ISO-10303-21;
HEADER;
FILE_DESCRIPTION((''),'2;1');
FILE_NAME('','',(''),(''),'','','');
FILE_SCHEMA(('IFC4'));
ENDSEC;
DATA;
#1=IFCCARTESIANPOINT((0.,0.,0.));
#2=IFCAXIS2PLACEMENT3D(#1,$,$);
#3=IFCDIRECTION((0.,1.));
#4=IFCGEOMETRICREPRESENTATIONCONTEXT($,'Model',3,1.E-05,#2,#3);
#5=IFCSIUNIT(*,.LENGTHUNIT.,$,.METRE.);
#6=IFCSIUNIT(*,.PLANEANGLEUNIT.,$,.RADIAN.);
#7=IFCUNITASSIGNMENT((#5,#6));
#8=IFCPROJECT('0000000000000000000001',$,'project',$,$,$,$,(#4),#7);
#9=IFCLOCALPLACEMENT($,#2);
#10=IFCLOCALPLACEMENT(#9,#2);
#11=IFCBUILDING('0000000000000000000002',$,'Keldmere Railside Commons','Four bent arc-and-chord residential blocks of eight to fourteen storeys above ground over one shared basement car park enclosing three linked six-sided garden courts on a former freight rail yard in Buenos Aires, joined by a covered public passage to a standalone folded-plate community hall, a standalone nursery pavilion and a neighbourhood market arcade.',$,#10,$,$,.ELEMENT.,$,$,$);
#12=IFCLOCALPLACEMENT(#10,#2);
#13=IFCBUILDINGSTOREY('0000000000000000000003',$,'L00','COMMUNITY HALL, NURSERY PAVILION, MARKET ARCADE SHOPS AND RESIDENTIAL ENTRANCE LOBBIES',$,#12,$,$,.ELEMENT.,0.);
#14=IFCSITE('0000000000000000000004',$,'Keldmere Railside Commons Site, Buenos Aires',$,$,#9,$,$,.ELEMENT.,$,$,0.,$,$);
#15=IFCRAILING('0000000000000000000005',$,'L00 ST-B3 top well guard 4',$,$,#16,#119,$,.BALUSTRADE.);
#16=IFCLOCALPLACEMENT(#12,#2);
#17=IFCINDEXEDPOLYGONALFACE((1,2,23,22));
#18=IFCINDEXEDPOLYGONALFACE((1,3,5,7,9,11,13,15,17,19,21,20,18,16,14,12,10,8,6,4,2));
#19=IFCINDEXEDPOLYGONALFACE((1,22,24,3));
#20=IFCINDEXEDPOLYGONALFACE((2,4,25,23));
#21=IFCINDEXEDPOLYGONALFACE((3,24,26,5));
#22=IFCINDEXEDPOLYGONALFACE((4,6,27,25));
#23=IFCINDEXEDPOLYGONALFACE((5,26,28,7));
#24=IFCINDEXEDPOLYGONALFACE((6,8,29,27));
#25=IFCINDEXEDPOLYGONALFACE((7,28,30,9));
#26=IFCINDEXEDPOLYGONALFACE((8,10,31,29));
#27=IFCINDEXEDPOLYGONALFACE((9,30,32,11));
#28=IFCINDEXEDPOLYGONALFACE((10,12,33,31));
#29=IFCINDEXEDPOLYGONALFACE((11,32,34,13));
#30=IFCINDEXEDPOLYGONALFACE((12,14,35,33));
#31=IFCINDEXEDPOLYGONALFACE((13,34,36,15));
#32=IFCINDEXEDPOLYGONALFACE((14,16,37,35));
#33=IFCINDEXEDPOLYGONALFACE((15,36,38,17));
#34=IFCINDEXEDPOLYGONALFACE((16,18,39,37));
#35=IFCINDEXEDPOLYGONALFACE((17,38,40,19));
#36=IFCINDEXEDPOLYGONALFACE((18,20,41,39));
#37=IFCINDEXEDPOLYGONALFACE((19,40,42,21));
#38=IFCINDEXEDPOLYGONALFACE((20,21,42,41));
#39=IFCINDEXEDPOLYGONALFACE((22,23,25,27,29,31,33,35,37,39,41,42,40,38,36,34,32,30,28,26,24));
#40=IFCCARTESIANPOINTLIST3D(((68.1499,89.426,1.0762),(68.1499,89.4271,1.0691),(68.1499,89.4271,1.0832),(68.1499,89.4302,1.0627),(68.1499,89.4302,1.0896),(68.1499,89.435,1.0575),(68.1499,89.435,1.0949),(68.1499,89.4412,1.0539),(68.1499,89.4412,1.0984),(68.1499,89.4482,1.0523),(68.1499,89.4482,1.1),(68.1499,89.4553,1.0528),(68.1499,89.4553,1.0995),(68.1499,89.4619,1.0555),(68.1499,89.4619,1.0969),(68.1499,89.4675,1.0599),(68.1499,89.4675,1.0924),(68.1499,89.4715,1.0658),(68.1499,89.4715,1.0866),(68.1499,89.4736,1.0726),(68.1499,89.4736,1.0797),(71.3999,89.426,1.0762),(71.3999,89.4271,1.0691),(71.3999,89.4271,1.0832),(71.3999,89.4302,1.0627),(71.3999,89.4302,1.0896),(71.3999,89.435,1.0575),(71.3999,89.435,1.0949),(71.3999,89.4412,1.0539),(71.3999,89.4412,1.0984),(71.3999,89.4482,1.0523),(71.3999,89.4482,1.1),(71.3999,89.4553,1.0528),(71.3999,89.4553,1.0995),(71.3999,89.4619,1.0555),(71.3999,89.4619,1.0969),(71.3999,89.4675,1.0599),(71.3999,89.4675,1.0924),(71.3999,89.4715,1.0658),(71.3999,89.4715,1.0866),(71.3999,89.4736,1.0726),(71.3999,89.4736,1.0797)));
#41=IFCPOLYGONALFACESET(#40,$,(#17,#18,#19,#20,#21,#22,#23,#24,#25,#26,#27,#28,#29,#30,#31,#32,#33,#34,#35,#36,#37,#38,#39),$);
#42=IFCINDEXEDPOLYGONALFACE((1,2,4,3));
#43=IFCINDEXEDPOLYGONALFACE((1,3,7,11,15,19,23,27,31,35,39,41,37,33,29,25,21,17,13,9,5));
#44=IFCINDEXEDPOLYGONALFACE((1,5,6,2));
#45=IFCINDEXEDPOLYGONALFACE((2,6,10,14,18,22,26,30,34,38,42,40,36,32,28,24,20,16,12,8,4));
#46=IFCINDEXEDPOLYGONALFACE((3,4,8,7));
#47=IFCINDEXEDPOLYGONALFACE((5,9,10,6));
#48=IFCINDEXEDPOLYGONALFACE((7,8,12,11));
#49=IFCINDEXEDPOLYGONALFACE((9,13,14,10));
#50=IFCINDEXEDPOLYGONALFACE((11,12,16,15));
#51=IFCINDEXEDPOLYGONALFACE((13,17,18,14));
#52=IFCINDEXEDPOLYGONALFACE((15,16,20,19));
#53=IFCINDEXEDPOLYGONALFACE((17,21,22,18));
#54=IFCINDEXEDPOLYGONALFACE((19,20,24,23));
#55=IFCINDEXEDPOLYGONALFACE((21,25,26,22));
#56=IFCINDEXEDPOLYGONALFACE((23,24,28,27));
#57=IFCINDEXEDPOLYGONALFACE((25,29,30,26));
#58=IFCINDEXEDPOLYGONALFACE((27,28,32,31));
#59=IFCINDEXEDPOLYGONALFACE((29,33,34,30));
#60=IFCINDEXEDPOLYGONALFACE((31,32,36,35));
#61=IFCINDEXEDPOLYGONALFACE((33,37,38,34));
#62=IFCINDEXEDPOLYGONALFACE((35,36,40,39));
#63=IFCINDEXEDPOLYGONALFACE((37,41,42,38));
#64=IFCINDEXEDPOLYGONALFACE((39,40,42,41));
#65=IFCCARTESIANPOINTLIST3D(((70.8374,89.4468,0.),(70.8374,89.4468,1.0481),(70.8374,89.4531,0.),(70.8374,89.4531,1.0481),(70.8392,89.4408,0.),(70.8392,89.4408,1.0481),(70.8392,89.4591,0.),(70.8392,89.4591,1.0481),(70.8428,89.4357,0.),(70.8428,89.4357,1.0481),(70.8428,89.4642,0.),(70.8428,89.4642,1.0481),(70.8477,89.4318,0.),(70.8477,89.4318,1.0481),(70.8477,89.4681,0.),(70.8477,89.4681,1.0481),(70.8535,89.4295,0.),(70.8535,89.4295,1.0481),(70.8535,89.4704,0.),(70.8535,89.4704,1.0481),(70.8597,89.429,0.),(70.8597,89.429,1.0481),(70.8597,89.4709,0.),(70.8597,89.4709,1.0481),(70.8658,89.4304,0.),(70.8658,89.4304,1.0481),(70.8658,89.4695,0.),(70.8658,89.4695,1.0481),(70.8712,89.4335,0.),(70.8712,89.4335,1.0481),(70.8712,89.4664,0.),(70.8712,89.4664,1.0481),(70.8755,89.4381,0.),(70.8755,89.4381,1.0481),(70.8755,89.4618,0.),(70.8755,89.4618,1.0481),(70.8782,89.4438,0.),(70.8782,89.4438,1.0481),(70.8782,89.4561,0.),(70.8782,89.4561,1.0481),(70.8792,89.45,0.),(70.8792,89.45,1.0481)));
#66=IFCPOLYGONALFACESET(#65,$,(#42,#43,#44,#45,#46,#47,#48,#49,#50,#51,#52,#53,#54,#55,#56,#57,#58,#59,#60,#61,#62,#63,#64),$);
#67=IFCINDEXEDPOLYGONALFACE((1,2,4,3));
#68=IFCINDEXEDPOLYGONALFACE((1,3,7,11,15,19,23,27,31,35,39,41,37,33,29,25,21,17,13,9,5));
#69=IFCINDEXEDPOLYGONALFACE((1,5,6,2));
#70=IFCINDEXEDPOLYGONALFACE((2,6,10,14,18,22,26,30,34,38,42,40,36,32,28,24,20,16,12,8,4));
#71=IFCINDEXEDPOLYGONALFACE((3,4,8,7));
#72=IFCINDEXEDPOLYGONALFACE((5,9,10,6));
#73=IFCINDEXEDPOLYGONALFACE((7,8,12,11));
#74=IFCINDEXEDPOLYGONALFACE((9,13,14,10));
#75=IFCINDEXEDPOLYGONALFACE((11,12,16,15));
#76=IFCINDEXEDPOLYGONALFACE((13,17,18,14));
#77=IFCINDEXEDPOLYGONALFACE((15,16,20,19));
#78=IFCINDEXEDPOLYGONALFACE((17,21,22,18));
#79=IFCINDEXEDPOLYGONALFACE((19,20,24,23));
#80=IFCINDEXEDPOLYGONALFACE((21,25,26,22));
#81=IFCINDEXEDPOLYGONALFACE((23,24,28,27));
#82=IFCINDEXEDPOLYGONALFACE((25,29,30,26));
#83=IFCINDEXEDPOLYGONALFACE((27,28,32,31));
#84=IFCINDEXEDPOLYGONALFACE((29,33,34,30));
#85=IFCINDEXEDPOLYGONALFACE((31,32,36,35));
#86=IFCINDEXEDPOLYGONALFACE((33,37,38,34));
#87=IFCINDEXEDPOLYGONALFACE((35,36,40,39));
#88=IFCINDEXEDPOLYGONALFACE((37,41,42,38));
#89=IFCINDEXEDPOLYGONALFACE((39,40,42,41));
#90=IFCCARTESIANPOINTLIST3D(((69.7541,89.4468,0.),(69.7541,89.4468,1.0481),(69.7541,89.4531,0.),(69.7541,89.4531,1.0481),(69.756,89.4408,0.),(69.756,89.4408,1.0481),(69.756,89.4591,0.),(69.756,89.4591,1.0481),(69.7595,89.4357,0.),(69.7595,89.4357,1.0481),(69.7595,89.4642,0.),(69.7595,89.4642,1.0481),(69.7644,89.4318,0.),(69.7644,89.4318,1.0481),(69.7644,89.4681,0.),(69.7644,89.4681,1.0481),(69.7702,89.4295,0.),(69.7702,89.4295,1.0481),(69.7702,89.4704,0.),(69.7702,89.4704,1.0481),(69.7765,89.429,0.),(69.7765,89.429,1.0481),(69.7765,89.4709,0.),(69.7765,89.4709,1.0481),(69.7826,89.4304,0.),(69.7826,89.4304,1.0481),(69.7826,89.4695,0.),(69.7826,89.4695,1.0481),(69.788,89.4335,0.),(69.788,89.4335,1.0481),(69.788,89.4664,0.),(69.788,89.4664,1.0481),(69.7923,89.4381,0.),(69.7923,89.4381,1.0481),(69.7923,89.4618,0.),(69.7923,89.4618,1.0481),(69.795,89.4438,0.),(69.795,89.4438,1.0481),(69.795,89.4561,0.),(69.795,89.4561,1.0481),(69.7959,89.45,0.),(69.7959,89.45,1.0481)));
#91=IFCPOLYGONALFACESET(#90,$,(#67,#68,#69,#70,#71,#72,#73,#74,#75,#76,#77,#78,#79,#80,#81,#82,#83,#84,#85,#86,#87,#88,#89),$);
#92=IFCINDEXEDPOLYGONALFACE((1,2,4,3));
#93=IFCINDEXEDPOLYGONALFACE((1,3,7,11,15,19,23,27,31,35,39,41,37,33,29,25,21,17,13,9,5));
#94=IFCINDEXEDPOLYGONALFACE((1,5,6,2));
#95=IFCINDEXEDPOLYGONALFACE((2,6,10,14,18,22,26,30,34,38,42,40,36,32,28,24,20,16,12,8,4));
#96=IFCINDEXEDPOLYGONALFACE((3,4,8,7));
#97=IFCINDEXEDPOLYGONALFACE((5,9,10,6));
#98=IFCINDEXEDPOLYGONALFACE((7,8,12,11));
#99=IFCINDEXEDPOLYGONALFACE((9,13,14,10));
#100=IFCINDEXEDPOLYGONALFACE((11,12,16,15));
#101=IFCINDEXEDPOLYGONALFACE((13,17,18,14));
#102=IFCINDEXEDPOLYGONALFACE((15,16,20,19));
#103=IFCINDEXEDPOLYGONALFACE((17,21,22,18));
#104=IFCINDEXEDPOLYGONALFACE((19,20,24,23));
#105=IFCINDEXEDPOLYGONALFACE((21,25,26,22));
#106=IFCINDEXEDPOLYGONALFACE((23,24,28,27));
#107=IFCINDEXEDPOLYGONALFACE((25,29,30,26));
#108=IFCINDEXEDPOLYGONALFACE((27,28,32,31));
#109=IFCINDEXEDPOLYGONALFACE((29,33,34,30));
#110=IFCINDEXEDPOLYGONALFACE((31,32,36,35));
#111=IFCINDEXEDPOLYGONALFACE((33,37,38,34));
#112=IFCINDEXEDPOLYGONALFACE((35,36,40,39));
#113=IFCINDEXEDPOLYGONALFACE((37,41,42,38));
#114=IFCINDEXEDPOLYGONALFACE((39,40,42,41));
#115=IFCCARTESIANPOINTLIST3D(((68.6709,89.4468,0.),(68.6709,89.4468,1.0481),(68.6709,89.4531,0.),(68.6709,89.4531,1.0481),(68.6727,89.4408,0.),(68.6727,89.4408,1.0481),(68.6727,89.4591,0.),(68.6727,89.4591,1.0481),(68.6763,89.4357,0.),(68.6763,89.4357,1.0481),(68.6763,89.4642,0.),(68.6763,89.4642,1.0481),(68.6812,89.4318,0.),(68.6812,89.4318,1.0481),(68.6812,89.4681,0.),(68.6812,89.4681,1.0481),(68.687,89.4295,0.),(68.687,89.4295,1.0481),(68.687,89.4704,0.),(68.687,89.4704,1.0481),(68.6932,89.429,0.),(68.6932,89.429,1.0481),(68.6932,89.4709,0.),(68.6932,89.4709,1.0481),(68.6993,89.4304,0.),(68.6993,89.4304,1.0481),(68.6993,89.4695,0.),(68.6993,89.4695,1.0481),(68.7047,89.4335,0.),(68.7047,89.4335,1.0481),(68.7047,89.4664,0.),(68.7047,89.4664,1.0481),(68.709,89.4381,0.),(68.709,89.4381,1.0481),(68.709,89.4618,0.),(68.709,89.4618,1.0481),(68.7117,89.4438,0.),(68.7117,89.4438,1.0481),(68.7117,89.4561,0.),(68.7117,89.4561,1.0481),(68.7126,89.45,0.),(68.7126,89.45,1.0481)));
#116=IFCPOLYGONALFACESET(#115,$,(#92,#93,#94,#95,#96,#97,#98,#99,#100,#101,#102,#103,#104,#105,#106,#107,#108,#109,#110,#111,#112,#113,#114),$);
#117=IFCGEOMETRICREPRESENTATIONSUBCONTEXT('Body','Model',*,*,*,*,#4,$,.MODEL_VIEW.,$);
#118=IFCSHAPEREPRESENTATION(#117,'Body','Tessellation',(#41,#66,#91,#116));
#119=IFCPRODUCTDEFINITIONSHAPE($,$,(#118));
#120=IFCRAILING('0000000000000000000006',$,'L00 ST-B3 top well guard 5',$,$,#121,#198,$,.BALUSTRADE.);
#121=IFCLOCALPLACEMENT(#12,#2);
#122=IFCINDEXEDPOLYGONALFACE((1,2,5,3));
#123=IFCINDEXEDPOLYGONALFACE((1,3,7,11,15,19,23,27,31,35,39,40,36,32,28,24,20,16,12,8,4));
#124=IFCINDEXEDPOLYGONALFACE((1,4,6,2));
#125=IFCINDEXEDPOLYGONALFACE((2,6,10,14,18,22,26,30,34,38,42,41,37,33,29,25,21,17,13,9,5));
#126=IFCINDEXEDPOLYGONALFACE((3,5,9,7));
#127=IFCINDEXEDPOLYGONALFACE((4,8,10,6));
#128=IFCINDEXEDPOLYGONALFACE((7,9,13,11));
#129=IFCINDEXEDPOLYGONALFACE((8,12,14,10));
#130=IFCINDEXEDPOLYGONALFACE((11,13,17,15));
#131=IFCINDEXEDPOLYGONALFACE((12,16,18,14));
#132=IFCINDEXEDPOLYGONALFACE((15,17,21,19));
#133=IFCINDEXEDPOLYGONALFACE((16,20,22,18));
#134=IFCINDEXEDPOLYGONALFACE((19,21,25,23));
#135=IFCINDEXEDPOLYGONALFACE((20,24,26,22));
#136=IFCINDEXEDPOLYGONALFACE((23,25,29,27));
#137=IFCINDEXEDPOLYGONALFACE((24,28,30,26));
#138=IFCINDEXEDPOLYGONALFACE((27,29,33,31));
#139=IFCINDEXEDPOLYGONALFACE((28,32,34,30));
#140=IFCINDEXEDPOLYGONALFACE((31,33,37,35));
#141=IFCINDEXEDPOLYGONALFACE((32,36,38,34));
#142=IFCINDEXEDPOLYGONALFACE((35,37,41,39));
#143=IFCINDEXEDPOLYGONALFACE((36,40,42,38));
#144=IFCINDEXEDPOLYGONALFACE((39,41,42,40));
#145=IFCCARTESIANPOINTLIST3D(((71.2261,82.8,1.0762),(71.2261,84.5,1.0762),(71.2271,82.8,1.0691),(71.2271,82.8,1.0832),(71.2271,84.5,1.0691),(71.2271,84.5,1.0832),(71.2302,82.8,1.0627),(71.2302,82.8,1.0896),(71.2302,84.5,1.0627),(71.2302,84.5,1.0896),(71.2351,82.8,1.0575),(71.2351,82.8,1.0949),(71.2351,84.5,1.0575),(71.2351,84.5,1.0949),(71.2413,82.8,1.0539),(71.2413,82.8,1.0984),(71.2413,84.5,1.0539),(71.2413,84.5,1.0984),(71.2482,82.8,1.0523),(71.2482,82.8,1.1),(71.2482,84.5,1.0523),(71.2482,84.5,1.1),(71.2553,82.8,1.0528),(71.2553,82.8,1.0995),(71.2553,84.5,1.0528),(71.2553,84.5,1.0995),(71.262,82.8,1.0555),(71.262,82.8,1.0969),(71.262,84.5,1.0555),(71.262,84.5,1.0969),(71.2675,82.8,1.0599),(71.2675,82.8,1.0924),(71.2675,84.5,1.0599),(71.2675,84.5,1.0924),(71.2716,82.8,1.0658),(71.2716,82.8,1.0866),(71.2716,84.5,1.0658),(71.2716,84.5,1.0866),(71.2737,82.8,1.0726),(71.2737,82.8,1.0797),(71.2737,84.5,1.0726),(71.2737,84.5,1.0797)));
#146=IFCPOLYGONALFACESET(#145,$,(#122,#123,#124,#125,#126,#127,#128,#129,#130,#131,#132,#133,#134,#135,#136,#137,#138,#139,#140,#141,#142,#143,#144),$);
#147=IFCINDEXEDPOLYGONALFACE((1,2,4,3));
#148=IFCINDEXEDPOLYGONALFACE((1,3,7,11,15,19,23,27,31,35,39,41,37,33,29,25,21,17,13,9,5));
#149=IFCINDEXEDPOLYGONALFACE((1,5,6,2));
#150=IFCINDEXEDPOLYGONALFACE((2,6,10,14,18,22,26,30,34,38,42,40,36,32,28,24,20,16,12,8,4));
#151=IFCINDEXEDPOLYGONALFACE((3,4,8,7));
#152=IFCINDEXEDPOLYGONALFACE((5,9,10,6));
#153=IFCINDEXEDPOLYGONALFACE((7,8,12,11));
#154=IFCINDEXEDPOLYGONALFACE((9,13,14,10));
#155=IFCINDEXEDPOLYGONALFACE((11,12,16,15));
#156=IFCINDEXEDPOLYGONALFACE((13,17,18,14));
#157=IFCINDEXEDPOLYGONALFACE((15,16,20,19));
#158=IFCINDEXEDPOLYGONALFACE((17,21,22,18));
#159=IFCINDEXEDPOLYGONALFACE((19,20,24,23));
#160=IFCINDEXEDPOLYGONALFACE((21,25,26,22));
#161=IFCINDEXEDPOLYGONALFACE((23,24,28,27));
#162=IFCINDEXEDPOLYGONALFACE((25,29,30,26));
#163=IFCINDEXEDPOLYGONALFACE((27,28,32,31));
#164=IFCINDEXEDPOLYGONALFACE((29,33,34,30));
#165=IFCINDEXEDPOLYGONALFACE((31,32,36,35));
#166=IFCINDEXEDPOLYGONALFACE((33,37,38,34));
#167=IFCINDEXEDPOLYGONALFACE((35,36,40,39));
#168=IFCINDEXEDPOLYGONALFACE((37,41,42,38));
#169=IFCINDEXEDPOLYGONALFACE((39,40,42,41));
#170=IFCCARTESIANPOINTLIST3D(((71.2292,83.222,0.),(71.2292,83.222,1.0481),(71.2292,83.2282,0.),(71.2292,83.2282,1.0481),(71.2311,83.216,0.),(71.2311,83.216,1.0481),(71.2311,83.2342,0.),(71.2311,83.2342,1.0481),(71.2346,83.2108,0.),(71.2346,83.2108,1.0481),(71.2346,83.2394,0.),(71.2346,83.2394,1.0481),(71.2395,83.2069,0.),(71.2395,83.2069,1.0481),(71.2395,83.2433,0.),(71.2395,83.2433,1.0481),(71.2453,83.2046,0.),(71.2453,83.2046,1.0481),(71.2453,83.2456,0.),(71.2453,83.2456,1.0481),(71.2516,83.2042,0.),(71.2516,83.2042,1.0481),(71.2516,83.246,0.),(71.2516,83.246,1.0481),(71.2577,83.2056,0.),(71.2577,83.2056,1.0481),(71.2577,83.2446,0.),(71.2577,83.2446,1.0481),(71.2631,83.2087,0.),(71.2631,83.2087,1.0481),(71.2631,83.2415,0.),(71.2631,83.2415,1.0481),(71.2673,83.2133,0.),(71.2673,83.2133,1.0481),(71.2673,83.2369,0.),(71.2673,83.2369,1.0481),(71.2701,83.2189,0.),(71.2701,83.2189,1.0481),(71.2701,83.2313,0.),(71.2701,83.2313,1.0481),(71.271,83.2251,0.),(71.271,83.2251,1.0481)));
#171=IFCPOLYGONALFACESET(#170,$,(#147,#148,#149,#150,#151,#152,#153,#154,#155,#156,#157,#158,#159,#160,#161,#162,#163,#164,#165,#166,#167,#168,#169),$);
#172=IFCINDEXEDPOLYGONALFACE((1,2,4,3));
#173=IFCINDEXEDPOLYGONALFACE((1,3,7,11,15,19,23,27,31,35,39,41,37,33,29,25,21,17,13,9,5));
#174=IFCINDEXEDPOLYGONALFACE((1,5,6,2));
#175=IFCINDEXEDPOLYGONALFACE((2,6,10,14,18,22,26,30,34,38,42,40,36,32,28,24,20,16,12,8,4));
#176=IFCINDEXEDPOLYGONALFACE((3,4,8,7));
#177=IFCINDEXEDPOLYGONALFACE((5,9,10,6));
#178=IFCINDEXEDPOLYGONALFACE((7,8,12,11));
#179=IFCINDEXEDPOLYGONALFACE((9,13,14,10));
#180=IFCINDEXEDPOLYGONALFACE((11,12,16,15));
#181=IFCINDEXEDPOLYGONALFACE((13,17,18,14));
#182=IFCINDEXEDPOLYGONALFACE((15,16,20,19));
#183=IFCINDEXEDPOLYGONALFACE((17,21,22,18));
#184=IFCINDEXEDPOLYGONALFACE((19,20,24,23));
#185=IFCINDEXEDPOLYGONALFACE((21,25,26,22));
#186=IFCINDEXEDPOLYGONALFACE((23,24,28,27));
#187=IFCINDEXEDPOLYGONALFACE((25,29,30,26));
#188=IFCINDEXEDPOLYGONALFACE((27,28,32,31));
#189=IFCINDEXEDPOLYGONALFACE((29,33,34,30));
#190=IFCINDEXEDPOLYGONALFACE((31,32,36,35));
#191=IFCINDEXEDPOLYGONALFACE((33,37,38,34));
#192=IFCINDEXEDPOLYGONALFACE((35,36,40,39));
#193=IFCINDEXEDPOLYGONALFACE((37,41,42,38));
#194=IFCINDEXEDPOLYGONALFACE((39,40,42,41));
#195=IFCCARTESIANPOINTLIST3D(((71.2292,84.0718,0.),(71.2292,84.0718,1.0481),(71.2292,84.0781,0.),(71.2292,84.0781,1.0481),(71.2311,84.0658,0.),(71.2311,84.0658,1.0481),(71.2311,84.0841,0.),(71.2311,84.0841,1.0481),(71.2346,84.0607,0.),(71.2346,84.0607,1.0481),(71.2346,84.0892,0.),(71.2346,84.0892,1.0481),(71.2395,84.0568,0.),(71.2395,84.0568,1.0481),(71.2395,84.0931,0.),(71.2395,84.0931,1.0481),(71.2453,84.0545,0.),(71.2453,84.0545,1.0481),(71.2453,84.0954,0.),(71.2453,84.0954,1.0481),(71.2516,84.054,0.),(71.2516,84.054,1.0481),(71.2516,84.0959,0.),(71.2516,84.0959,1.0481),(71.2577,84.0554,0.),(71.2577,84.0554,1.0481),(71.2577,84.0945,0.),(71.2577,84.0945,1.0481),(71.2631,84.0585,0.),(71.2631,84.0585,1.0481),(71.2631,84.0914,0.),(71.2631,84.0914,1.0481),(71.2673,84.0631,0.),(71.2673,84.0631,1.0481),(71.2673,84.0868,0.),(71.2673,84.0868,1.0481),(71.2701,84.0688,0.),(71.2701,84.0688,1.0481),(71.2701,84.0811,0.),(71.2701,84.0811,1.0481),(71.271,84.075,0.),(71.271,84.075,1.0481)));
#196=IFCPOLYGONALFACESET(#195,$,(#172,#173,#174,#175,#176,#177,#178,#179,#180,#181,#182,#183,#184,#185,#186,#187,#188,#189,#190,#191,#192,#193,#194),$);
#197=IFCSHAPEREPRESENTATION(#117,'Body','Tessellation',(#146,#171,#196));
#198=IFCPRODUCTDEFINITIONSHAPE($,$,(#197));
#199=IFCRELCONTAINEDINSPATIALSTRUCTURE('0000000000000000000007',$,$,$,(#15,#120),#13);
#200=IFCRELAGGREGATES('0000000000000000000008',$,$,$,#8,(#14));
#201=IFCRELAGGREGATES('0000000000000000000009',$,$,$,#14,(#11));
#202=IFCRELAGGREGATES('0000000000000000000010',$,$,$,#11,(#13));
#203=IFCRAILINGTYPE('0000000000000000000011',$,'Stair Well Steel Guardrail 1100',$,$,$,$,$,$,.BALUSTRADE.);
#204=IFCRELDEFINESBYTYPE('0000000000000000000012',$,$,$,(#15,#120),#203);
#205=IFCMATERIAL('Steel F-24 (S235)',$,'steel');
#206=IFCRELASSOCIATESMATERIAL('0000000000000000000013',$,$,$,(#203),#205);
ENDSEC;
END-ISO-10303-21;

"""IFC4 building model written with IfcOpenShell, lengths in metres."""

from ifc_helpers import new_model, si_unit, direction, frame, origin, origin_2d, place, context, subcontext, project, spatial, circle, extrude, material, type_object, element, save


model = new_model("IFC4")

# Units and contexts
model_context = context("Model", 3, precision=1e-05, world=origin(), true_north=direction((0.0, 1.0)))
body_context = subcontext(model_context, "Body", "Model", "MODEL_VIEW")
ifc_project = project(units=[si_unit("LENGTHUNIT", "METRE"), si_unit("PLANEANGLEUNIT", "RADIAN")], contexts=[model_context])

# Site, building, storey
site_placement = place(None, origin())
site = spatial("IfcSite", under=ifc_project, at=site_placement, Name="Keldmere Railside Commons Site, Buenos Aires", CompositionType="ELEMENT", RefElevation=0.0)
building_placement = place(site_placement, origin())
building = spatial("IfcBuilding", under=site, at=building_placement, Name="Keldmere Railside Commons", Description="Four bent arc-and-chord residential blocks of eight to fourteen storeys above ground over one shared basement car park enclosing three linked six-sided garden courts on a former freight rail yard in Buenos Aires, joined by a covered public passage to a standalone folded-plate community hall, a standalone nursery pavilion and a neighbourhood market arcade.", CompositionType="ELEMENT")
storey_placement = place(building_placement, origin())
storey = spatial("IfcBuildingStorey", under=building, at=storey_placement, Name="L00", Description="COMMUNITY HALL, NURSERY PAVILION, MARKET ARCADE SHOPS AND RESIDENTIAL ENTRANCE LOBBIES", CompositionType="ELEMENT", Elevation=0.0)

# Shared definitions
ifc_material_1 = material(Name="Steel F-24 (S235)", Category="steel")

# Railings
railing_type = type_object("IfcRailingType", Name="Stair Well Steel Guardrail 1100", PredefinedType="BALUSTRADE", material=ifc_material_1)
railing_1_placement = place(storey_placement, frame((71.3999, 89.45, 0.0)))
element("IfcRailing", 1, at=railing_1_placement, inside=storey, type_object=railing_type, Name="L00 ST-B3 top well guard 4", PredefinedType="BALUSTRADE", context=body_context, shape_type="SweptSolid", body=[
    extrude(circle(Radius=0.0239, at=origin_2d()), frame((0.0, 0.0, 1.0762), z_axis=(-1.0, 0.0, 0.0), x_axis=(0.0, -1.0, 0.0)), (0.0, 0.0, 1.0), 3.25),
    extrude(circle(Radius=0.021, at=origin_2d()), frame((-0.5417, 0.0, 0.0)), (0.0, 0.0, 1.0), 1.0481),
    extrude(circle(Radius=0.021, at=origin_2d()), frame((-1.625, 0.0, 0.0)), (0.0, 0.0, 1.0), 1.0481),
    extrude(circle(Radius=0.021, at=origin_2d()), frame((-2.7083, 0.0, 0.0)), (0.0, 0.0, 1.0), 1.0481),
])
for number, where, name in (
    (2, (71.25, 82.8, 0.0), "L00 ST-B3 top well guard 5"),
):
    element("IfcRailing", number, at=place(storey_placement, frame(where)), inside=storey, type_object=railing_type, Name=name, PredefinedType="BALUSTRADE", context=body_context, shape_type="SweptSolid", body=[
        extrude(circle(Radius=0.0239, at=origin_2d()), frame((0.0, 0.0, 1.0762), z_axis=(0.0, 1.0, 0.0), x_axis=(-1.0, 0.0, 0.0)), (0.0, 0.0, 1.0), 1.7),
        extrude(circle(Radius=0.021, at=origin_2d()), frame((0.0, 0.425, 0.0)), (0.0, 0.0, 1.0), 1.0481),
        extrude(circle(Radius=0.021, at=origin_2d()), frame((0.0, 1.2749, 0.0)), (0.0, 0.0, 1.0), 1.0481),
    ])

save(model, "model.ifc")
